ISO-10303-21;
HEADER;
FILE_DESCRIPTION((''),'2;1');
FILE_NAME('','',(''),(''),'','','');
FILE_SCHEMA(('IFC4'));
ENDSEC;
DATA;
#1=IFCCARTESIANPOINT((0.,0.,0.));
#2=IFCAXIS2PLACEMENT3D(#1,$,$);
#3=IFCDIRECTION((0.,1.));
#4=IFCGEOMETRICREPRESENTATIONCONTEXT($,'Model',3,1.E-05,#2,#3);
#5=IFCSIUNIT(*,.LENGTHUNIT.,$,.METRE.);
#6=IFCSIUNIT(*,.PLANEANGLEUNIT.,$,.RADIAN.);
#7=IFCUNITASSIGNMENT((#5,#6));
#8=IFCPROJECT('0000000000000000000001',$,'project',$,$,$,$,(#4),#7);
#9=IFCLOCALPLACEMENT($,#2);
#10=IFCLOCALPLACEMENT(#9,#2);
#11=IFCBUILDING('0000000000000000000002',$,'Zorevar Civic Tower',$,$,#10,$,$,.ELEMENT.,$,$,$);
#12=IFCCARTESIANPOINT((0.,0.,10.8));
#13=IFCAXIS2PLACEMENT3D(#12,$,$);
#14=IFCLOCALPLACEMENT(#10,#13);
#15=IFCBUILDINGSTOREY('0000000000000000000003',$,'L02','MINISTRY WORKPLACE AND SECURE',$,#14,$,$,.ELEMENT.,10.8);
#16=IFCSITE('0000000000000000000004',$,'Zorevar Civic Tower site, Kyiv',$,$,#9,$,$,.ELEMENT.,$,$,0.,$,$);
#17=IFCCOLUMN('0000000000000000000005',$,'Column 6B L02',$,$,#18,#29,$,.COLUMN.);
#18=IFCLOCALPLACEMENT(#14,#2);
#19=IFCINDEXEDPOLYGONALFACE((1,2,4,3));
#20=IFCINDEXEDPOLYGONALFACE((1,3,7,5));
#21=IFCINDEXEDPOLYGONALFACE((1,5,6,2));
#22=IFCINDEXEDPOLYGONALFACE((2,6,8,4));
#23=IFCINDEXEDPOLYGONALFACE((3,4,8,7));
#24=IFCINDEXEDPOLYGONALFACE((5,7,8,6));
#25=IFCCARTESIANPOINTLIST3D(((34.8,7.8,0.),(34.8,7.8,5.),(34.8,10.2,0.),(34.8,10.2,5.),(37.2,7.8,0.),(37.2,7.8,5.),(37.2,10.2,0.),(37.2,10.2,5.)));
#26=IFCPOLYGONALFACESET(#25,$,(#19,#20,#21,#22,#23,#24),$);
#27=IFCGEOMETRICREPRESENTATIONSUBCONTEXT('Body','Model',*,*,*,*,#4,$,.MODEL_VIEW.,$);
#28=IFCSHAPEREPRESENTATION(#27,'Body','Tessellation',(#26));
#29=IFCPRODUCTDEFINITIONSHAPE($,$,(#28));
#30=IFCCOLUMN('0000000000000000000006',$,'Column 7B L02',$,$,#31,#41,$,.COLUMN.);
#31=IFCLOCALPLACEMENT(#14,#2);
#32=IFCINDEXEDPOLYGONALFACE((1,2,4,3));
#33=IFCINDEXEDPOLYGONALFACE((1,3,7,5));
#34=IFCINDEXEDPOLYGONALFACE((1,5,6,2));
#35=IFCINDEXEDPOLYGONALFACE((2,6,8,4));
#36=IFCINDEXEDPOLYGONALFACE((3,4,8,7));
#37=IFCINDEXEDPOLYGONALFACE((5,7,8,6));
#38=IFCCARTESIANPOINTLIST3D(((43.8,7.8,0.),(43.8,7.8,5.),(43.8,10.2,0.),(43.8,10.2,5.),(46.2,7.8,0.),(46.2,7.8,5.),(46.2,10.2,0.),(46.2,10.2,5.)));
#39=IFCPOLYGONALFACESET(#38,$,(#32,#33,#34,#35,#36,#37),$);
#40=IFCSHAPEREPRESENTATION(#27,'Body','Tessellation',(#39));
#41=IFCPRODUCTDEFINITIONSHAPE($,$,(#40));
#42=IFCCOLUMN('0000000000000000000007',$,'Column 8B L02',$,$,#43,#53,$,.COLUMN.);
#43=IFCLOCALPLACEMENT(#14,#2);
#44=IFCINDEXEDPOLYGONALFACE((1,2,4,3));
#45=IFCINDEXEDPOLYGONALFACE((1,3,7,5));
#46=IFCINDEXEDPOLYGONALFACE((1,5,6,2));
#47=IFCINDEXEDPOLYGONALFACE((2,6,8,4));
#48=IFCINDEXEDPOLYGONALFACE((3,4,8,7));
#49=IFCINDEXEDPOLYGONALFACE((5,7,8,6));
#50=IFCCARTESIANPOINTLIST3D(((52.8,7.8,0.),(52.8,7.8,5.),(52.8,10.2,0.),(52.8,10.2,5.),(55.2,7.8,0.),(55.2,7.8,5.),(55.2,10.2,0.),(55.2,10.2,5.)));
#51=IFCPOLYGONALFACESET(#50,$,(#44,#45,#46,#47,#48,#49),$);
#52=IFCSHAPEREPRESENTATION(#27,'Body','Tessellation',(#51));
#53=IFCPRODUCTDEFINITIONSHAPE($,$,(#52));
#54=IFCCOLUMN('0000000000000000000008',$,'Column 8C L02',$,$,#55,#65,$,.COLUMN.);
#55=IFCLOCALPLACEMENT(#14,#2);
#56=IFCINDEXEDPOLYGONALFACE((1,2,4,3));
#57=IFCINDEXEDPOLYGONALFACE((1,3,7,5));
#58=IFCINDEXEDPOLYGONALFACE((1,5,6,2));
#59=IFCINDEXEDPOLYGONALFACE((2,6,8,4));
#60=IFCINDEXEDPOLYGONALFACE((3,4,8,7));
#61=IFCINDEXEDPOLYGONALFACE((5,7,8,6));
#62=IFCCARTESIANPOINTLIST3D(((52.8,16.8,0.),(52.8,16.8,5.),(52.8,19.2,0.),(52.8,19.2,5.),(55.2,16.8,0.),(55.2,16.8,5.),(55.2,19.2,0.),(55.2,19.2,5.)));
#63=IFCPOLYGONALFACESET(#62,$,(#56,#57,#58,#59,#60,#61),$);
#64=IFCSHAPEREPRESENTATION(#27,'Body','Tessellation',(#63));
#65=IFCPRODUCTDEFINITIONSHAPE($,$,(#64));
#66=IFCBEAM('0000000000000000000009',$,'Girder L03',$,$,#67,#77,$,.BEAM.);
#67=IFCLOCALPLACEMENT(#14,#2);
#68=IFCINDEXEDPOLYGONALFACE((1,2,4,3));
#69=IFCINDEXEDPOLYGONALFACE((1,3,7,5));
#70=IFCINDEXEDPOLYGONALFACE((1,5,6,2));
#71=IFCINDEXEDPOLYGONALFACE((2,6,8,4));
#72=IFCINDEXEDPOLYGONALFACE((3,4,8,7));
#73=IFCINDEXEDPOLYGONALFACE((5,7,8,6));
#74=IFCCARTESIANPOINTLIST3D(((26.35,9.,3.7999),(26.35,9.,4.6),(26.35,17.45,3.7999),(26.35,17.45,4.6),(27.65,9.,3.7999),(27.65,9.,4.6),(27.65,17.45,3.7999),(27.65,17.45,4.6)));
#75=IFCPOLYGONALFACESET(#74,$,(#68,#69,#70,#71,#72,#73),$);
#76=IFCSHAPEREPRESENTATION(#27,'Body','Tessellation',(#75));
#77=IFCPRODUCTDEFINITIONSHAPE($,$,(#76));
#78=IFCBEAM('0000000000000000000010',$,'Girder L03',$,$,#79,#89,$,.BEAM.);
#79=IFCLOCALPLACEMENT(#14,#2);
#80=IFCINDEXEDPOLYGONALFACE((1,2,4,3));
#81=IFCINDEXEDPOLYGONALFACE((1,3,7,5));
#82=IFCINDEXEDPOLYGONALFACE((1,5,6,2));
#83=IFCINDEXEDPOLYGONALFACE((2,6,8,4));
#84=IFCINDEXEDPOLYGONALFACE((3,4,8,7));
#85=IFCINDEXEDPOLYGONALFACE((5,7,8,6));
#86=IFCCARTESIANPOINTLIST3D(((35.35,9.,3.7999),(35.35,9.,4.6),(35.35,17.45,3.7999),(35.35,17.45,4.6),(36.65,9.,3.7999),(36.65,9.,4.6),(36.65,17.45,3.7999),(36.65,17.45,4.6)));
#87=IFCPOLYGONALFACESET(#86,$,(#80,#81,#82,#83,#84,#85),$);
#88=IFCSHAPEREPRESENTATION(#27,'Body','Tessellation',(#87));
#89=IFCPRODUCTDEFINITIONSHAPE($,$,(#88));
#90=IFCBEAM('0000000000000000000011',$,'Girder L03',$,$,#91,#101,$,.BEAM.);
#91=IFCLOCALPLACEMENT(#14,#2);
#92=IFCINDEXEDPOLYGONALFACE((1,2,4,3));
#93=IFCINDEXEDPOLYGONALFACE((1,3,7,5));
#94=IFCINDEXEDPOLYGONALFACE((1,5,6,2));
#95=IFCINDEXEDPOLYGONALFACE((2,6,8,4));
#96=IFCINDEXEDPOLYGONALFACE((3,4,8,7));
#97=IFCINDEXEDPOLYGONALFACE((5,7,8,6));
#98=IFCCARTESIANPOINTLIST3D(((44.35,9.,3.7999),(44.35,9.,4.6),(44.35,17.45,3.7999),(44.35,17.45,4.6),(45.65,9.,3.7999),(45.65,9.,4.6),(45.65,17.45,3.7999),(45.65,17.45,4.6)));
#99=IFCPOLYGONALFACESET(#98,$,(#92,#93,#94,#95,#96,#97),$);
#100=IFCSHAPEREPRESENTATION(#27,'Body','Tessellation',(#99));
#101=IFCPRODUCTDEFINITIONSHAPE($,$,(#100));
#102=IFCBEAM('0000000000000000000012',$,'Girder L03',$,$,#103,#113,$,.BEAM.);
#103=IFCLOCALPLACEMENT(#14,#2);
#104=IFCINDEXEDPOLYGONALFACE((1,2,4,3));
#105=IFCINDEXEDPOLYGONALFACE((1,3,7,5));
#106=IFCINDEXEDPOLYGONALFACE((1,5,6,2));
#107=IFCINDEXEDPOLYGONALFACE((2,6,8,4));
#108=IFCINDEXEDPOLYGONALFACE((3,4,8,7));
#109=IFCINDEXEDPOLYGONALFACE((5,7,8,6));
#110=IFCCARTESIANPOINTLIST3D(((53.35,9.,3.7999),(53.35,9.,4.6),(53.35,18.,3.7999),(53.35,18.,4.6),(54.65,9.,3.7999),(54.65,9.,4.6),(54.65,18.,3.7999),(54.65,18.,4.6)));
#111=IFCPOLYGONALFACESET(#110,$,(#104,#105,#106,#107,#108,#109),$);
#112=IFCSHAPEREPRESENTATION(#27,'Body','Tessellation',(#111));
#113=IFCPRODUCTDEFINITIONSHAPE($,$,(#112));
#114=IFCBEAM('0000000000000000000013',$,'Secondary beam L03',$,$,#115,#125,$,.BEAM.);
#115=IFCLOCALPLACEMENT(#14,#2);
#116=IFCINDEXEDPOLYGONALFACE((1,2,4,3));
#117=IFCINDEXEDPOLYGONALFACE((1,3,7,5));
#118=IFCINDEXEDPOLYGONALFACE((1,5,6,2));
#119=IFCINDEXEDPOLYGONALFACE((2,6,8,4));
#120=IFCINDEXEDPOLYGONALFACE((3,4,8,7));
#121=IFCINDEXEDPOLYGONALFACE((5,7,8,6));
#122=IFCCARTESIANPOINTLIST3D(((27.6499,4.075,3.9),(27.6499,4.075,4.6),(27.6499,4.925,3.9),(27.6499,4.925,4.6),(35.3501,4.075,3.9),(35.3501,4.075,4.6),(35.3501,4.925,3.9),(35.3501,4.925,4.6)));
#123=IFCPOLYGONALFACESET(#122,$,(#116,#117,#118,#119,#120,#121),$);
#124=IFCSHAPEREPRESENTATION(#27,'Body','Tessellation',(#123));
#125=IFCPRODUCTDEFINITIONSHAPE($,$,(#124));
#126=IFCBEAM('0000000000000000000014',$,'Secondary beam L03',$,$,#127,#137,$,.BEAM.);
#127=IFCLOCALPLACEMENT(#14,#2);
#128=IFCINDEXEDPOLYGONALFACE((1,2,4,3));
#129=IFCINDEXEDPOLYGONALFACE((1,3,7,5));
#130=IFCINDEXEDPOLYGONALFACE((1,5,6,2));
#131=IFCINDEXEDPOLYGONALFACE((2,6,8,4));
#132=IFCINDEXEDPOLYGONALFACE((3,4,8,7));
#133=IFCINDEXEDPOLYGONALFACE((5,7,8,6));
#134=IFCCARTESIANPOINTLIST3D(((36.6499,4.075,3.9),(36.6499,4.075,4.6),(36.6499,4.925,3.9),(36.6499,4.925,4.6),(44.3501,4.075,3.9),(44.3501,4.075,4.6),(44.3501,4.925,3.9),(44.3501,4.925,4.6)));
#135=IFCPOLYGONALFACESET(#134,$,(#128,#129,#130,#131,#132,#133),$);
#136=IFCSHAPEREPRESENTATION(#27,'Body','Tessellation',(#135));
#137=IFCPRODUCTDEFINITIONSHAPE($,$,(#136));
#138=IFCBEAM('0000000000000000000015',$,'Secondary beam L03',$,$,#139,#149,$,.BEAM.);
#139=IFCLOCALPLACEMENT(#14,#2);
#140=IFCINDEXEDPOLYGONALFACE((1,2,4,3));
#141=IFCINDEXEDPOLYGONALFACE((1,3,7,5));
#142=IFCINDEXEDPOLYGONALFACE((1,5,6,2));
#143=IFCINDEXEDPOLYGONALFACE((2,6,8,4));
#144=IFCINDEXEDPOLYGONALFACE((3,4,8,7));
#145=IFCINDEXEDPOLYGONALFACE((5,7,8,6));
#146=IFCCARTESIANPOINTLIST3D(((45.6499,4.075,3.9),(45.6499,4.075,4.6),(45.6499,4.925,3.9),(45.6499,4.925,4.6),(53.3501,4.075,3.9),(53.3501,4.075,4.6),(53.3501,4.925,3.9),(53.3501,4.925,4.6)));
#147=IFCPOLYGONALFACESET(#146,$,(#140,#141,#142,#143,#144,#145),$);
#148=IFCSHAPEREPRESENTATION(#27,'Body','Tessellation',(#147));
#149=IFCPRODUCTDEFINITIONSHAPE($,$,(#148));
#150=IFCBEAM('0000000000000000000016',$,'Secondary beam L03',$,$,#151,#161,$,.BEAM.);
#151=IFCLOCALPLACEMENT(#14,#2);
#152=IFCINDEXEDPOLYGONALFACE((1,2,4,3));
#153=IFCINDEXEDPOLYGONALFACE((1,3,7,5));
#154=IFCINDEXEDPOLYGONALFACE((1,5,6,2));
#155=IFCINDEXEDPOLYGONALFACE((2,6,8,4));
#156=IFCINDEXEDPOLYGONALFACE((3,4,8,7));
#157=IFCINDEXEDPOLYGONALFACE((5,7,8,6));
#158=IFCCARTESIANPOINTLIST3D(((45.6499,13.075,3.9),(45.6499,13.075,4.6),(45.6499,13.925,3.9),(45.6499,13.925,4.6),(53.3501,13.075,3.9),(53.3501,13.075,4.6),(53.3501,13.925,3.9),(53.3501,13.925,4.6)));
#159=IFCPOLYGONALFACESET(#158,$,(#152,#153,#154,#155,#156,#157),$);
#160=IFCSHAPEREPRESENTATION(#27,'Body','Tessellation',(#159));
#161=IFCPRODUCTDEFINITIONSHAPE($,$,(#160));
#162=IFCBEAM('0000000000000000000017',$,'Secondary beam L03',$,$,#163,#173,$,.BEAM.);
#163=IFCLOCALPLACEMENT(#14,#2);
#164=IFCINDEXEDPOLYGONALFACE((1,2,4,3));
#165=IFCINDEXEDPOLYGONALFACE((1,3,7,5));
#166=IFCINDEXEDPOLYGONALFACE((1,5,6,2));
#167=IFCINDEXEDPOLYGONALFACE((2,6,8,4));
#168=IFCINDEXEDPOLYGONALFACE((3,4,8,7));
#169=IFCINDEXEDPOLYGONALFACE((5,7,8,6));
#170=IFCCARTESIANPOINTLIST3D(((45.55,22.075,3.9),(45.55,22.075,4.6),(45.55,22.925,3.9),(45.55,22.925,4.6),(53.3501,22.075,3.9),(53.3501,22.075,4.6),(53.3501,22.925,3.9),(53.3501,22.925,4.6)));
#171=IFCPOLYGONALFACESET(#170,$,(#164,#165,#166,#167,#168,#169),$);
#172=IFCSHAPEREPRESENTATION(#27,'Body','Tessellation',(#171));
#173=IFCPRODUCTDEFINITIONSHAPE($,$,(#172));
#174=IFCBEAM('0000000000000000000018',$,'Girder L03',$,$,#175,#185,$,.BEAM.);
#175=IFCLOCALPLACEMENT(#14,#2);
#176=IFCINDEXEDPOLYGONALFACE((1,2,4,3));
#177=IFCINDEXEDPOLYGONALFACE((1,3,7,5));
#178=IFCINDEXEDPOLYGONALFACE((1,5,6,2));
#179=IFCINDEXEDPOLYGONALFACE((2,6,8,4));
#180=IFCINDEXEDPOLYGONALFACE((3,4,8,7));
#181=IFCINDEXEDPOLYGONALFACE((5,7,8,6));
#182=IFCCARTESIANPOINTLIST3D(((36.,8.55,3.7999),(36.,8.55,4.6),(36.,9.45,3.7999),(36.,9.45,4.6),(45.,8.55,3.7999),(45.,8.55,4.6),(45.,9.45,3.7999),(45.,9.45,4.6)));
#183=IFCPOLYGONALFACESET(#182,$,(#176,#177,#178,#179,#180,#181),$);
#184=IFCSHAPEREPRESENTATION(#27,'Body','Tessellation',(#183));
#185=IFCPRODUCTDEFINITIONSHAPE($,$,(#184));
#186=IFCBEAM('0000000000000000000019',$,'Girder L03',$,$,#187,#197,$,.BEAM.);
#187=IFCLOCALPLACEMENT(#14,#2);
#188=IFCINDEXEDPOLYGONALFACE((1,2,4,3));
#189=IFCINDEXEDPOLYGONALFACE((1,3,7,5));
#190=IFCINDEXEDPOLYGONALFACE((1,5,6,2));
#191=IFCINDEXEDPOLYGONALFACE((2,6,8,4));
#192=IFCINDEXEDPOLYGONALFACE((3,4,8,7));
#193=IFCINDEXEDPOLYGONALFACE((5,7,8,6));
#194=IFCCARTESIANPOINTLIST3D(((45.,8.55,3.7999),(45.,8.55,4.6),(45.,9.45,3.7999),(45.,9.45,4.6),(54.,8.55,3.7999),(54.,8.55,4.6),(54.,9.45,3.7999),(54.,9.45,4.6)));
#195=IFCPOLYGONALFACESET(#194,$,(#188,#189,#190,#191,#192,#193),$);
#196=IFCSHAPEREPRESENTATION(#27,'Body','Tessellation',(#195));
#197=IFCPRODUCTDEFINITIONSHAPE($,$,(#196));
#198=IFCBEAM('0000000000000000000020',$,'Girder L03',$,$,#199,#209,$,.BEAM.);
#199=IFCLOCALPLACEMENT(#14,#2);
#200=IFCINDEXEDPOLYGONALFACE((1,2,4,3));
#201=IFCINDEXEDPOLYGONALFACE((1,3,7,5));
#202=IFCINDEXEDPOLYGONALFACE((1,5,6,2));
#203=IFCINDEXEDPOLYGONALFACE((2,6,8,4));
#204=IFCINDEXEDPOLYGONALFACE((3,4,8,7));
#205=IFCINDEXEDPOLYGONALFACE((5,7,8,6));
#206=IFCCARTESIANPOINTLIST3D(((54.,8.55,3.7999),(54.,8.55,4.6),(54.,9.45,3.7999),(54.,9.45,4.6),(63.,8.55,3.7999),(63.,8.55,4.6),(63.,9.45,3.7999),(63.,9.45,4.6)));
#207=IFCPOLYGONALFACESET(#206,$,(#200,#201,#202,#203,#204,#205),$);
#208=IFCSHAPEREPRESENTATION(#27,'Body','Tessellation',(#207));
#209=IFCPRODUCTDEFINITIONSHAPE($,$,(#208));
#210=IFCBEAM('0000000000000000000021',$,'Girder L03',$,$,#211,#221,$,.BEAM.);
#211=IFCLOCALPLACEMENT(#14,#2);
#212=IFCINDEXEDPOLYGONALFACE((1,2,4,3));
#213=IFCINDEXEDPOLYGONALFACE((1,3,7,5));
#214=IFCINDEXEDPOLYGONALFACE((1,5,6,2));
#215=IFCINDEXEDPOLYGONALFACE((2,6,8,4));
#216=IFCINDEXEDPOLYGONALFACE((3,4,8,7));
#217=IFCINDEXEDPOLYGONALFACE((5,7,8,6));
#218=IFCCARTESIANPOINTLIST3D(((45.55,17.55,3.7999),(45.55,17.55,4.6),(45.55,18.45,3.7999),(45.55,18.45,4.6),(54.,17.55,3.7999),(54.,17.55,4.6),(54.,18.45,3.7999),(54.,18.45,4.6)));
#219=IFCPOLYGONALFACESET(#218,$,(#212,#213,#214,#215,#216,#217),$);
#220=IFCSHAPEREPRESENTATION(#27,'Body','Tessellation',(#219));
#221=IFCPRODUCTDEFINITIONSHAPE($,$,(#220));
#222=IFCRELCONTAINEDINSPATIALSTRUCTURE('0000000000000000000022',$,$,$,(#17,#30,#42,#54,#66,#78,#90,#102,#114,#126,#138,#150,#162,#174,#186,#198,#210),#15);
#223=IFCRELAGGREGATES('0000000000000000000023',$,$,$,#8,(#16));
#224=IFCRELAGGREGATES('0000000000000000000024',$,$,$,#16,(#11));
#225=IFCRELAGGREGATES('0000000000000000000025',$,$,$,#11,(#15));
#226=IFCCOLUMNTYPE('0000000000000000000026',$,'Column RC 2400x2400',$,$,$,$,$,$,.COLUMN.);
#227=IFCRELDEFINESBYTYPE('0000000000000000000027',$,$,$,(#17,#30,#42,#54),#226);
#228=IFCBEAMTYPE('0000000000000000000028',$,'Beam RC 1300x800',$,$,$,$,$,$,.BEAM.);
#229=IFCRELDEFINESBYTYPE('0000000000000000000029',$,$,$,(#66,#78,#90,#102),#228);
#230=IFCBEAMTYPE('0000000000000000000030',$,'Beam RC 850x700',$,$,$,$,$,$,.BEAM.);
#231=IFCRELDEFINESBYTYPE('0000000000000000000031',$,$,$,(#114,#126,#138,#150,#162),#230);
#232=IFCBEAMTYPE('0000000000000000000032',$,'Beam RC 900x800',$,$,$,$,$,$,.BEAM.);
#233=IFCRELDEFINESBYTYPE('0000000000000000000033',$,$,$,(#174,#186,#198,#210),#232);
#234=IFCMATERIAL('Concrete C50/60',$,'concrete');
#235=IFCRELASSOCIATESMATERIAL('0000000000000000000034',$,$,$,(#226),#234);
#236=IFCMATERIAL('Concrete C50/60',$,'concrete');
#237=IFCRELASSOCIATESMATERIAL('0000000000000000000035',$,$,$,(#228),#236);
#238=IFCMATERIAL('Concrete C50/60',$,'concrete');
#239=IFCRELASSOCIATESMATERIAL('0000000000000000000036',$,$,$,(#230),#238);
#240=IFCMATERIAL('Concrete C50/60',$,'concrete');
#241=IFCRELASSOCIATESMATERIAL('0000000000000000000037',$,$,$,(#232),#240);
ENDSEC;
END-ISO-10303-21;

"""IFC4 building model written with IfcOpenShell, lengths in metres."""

from ifc_helpers import new_model, si_unit, direction, frame, origin, origin_2d, place, context, subcontext, project, spatial, rectangle, extrude, material, material_profile, profile_set, type_object, element, save


model = new_model("IFC4")

# Units and contexts
model_context = context("Model", 3, precision=1e-05, world=origin(), true_north=direction((0.0, 1.0)))
body_context = subcontext(model_context, "Body", "Model", "MODEL_VIEW")
ifc_project = project(units=[si_unit("LENGTHUNIT", "METRE"), si_unit("PLANEANGLEUNIT", "RADIAN")], contexts=[model_context])

# Site, building, storey
site_placement = place(None, origin())
site = spatial("IfcSite", under=ifc_project, at=site_placement, Name="Zorevar Civic Tower site, Kyiv", CompositionType="ELEMENT", RefElevation=0.0)
building_placement = place(site_placement, origin())
building = spatial("IfcBuilding", under=site, at=building_placement, Name="Zorevar Civic Tower", CompositionType="ELEMENT")
storey_placement = place(building_placement, frame((0.0, 0.0, 10.8)))
storey = spatial("IfcBuildingStorey", under=building, at=storey_placement, Name="L02", Description="MINISTRY WORKPLACE AND SECURE", CompositionType="ELEMENT", Elevation=10.8)

# Columns
ifc_material_1 = material(Name="Concrete C50/60", Category="concrete")
ifc_material_profile_1 = material_profile(ifc_material_1, rectangle(XDim=2.3999, YDim=2.3999, at=origin_2d()), Name="RC 2400x2400")
ifc_profile_set_1 = profile_set([ifc_material_profile_1], Name="Concrete C50/60")
column_type = type_object("IfcColumnType", Name="Column RC 2400x2400", PredefinedType="COLUMN", material=ifc_profile_set_1)
for number, where, z_axis, x_axis, name in (
    (1, (36.0, 9.0, 0.0), (0.0, 0.0, 1.0), (1.0, 0.0, 0.0), "Column 6B L02"),
    (2, (45.0, 9.0, 0.0), (0.0, 0.0, 1.0), (1.0, 0.0, 0.0), "Column 7B L02"),
    (3, (54.0, 9.0, 0.0), (0.0, 0.0, 1.0), (1.0, 0.0, 0.0), "Column 8B L02"),
    (4, (54.0, 18.0, 0.0), (0.0, 0.0, 1.0), (1.0, 0.0, 0.0), "Column 8C L02"),
):
    element("IfcColumn", number, at=place(storey_placement, frame(where, z_axis=z_axis, x_axis=x_axis)), inside=storey, type_object=column_type, Name=name, PredefinedType="COLUMN", context=body_context, shape_type="SweptSolid", body=[
        extrude(rectangle(XDim=2.3999, YDim=2.3999, at=origin_2d()), origin(), (0.0, 0.0, 1.0), 5.0),
    ])

# Beams
ifc_material_2 = material(Name="Concrete C50/60", Category="concrete")
ifc_material_profile_2 = material_profile(ifc_material_2, rectangle(XDim=1.3, YDim=0.8, at=origin_2d()), Name="RC 1300x800")
ifc_profile_set_2 = profile_set([ifc_material_profile_2], Name="Concrete C50/60")
beam_type_1 = type_object("IfcBeamType", Name="Beam RC 1300x800", PredefinedType="BEAM", material=ifc_profile_set_2)
for number, where, z_axis, x_axis, name in (
    (5, (27.0, 9.0, 4.2), (0.0, 1.0, 0.0), (-1.0, 0.0, 0.0), "Girder L03"),
    (6, (36.0, 9.0, 4.2), (0.0, 1.0, 0.0), (-1.0, 0.0, 0.0), "Girder L03"),
    (7, (45.0, 9.0, 4.2), (0.0, 1.0, 0.0), (-1.0, 0.0, 0.0), "Girder L03"),
):
    element("IfcBeam", number, at=place(storey_placement, frame(where, z_axis=z_axis, x_axis=x_axis)), inside=storey, type_object=beam_type_1, Name=name, PredefinedType="BEAM", context=body_context, shape_type="SweptSolid", body=[
        extrude(rectangle(XDim=1.3, YDim=0.8, at=origin_2d()), origin(), (0.0, 0.0, 1.0), 8.45),
    ])
beam_1_placement = place(storey_placement, frame((54.0, 9.0, 4.2), z_axis=(0.0, 1.0, 0.0), x_axis=(-1.0, 0.0, 0.0)))
element("IfcBeam", 8, at=beam_1_placement, inside=storey, type_object=beam_type_1, Name="Girder L03", PredefinedType="BEAM", context=body_context, shape_type="SweptSolid", body=[
    extrude(rectangle(XDim=1.3, YDim=0.8, at=origin_2d()), origin(), (0.0, 0.0, 1.0), 9.0),
])
ifc_material_3 = material(Name="Concrete C50/60", Category="concrete")
ifc_material_profile_3 = material_profile(ifc_material_3, rectangle(XDim=0.8501, YDim=0.7, at=origin_2d()), Name="RC 850x700")
ifc_profile_set_3 = profile_set([ifc_material_profile_3], Name="Concrete C50/60")
beam_type_2 = type_object("IfcBeamType", Name="Beam RC 850x700", PredefinedType="BEAM", material=ifc_profile_set_3)
for number, where, z_axis, x_axis, name in (
    (9, (27.6499, 4.5, 4.25), (1.0, 0.0, 0.0), (0.0, 1.0, 0.0), "Secondary beam L03"),
    (10, (36.6499, 4.5, 4.25), (1.0, 0.0, 0.0), (0.0, 1.0, 0.0), "Secondary beam L03"),
    (11, (45.6499, 4.5, 4.25), (1.0, 0.0, 0.0), (0.0, 1.0, 0.0), "Secondary beam L03"),
    (12, (45.6499, 13.5, 4.25), (1.0, 0.0, 0.0), (0.0, 1.0, 0.0), "Secondary beam L03"),
):
    element("IfcBeam", number, at=place(storey_placement, frame(where, z_axis=z_axis, x_axis=x_axis)), inside=storey, type_object=beam_type_2, Name=name, PredefinedType="BEAM", context=body_context, shape_type="SweptSolid", body=[
        extrude(rectangle(XDim=0.8501, YDim=0.7, at=origin_2d()), origin(), (0.0, 0.0, 1.0), 7.7002),
    ])
beam_2_placement = place(storey_placement, frame((45.55, 22.5, 4.25), z_axis=(1.0, 0.0, 0.0), x_axis=(0.0, 1.0, 0.0)))
element("IfcBeam", 13, at=beam_2_placement, inside=storey, type_object=beam_type_2, Name="Secondary beam L03", PredefinedType="BEAM", context=body_context, shape_type="SweptSolid", body=[
    extrude(rectangle(XDim=0.8501, YDim=0.7, at=origin_2d()), origin(), (0.0, 0.0, 1.0), 7.8),
])
ifc_material_4 = material(Name="Concrete C50/60", Category="concrete")
ifc_material_profile_4 = material_profile(ifc_material_4, rectangle(XDim=0.8999, YDim=0.8, at=origin_2d()), Name="RC 900x800")
ifc_profile_set_4 = profile_set([ifc_material_profile_4], Name="Concrete C50/60")
beam_type_3 = type_object("IfcBeamType", Name="Beam RC 900x800", PredefinedType="BEAM", material=ifc_profile_set_4)
for number, where, z_axis, x_axis, name in (
    (14, (36.0, 9.0, 4.2), (1.0, 0.0, 0.0), (0.0, 1.0, 0.0), "Girder L03"),
    (15, (45.0, 9.0, 4.2), (1.0, 0.0, 0.0), (0.0, 1.0, 0.0), "Girder L03"),
    (16, (54.0, 9.0, 4.2), (1.0, 0.0, 0.0), (0.0, 1.0, 0.0), "Girder L03"),
):
    element("IfcBeam", number, at=place(storey_placement, frame(where, z_axis=z_axis, x_axis=x_axis)), inside=storey, type_object=beam_type_3, Name=name, PredefinedType="BEAM", context=body_context, shape_type="SweptSolid", body=[
        extrude(rectangle(XDim=0.8999, YDim=0.8, at=origin_2d()), origin(), (0.0, 0.0, 1.0), 9.0),
    ])
beam_3_placement = place(storey_placement, frame((45.55, 18.0, 4.2), z_axis=(1.0, 0.0, 0.0), x_axis=(0.0, 1.0, 0.0)))
element("IfcBeam", 17, at=beam_3_placement, inside=storey, type_object=beam_type_3, Name="Girder L03", PredefinedType="BEAM", context=body_context, shape_type="SweptSolid", body=[
    extrude(rectangle(XDim=0.8999, YDim=0.8, at=origin_2d()), origin(), (0.0, 0.0, 1.0), 8.45),
])

save(model, "model.ifc")
